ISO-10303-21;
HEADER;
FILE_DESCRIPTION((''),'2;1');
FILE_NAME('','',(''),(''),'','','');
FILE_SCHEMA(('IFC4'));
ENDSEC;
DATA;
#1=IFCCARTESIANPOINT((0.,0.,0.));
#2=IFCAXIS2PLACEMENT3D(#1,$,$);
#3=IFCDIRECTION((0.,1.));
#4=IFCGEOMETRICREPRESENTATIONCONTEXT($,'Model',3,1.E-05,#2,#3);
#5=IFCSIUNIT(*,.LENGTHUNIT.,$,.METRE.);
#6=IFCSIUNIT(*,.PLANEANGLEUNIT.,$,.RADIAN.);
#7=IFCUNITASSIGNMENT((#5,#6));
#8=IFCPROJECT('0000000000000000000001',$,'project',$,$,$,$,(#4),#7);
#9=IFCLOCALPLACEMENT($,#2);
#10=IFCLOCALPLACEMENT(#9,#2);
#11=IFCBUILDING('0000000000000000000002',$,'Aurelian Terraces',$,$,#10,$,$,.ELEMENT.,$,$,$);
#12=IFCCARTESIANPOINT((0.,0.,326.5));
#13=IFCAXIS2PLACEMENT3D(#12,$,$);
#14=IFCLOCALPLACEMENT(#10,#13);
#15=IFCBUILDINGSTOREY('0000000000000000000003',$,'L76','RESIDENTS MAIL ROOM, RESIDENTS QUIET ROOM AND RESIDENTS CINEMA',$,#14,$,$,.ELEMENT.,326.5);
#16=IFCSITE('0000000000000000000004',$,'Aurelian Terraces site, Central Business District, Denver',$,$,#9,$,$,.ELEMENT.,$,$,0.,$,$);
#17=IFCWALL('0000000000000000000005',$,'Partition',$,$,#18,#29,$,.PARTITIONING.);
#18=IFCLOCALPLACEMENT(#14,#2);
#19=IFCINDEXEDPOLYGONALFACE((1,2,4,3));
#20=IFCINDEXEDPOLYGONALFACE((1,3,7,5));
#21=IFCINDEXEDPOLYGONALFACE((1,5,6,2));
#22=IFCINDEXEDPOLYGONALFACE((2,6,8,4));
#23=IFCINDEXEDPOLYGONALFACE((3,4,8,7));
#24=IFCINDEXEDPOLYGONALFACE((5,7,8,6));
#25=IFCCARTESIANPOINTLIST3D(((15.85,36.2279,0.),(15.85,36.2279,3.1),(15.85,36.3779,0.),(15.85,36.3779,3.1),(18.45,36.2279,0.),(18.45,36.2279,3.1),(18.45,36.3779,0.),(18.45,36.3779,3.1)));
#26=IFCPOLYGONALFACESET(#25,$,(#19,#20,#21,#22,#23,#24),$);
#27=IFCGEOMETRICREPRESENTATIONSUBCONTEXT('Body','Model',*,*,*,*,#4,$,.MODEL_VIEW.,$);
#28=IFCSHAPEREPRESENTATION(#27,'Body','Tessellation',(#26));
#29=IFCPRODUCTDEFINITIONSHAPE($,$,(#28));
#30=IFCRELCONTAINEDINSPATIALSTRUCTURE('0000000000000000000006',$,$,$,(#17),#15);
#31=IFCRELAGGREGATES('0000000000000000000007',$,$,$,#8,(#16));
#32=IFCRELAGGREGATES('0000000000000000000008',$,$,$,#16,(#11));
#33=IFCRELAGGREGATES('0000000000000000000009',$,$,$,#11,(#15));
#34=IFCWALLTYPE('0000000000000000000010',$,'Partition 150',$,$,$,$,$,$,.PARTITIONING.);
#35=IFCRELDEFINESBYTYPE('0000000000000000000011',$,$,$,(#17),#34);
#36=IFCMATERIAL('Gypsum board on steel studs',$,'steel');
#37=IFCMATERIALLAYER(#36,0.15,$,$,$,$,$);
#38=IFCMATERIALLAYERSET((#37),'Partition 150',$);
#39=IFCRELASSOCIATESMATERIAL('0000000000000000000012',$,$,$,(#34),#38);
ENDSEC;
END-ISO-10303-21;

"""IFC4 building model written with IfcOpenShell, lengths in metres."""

from ifc_helpers import new_model, si_unit, direction, frame, frame_2d, origin, place, context, subcontext, project, spatial, rectangle, extrude, source, transform, mapped, material, layer, layer_set, type_object, element, save


model = new_model("IFC4")

# Units and contexts
model_context = context("Model", 3, precision=1e-05, world=origin(), true_north=direction((0.0, 1.0)))
body_context = subcontext(model_context, "Body", "Model", "MODEL_VIEW")
ifc_project = project(units=[si_unit("LENGTHUNIT", "METRE"), si_unit("PLANEANGLEUNIT", "RADIAN")], contexts=[model_context])

# Site, building, storey
site_placement = place(None, origin())
site = spatial("IfcSite", under=ifc_project, at=site_placement, Name="Aurelian Terraces site, Central Business District, Denver", CompositionType="ELEMENT", RefElevation=0.0)
building_placement = place(site_placement, origin())
building = spatial("IfcBuilding", under=site, at=building_placement, Name="Aurelian Terraces", CompositionType="ELEMENT")
storey_placement = place(building_placement, frame((0.0, 0.0, 326.5)))
storey = spatial("IfcBuildingStorey", under=building, at=storey_placement, Name="L76", Description="RESIDENTS MAIL ROOM, RESIDENTS QUIET ROOM AND RESIDENTS CINEMA", CompositionType="ELEMENT", Elevation=326.5)

# Shared definitions
ifc_material_1 = material(Name="Gypsum board on steel studs", Category="steel")
ifc_layer_1 = layer(ifc_material_1, 0.15)
ifc_layer_set_1 = layer_set([ifc_layer_1], Name="Partition 150")
wall_type_1 = type_object("IfcWallType", Name="Partition 150", PredefinedType="PARTITIONING", material=ifc_layer_set_1)

# Shared definitions
shared_shape_1 = source(origin(), body_context, "Body", "SweptSolid", [
    extrude(rectangle(XDim=2.6, YDim=0.15, at=frame_2d((1.3, 0.0))), origin(), (0.0, 0.0, 1.0), 3.1),
])

# Wall
wall_1_placement = place(storey_placement, frame((18.45, 36.3029, 0.0), z_axis=(0.0, 0.0, 1.0), x_axis=(-1.0, 0.0, 0.0)))
element("IfcWall", 1, at=wall_1_placement, inside=storey, type_object=wall_type_1, Name="Partition", PredefinedType="PARTITIONING", context=body_context, shape_type="MappedRepresentation", body=[
    mapped(shared_shape_1, transform((0.0, 0.0, 0.0), scale=1.0)),
])

save(model, "model.ifc")
